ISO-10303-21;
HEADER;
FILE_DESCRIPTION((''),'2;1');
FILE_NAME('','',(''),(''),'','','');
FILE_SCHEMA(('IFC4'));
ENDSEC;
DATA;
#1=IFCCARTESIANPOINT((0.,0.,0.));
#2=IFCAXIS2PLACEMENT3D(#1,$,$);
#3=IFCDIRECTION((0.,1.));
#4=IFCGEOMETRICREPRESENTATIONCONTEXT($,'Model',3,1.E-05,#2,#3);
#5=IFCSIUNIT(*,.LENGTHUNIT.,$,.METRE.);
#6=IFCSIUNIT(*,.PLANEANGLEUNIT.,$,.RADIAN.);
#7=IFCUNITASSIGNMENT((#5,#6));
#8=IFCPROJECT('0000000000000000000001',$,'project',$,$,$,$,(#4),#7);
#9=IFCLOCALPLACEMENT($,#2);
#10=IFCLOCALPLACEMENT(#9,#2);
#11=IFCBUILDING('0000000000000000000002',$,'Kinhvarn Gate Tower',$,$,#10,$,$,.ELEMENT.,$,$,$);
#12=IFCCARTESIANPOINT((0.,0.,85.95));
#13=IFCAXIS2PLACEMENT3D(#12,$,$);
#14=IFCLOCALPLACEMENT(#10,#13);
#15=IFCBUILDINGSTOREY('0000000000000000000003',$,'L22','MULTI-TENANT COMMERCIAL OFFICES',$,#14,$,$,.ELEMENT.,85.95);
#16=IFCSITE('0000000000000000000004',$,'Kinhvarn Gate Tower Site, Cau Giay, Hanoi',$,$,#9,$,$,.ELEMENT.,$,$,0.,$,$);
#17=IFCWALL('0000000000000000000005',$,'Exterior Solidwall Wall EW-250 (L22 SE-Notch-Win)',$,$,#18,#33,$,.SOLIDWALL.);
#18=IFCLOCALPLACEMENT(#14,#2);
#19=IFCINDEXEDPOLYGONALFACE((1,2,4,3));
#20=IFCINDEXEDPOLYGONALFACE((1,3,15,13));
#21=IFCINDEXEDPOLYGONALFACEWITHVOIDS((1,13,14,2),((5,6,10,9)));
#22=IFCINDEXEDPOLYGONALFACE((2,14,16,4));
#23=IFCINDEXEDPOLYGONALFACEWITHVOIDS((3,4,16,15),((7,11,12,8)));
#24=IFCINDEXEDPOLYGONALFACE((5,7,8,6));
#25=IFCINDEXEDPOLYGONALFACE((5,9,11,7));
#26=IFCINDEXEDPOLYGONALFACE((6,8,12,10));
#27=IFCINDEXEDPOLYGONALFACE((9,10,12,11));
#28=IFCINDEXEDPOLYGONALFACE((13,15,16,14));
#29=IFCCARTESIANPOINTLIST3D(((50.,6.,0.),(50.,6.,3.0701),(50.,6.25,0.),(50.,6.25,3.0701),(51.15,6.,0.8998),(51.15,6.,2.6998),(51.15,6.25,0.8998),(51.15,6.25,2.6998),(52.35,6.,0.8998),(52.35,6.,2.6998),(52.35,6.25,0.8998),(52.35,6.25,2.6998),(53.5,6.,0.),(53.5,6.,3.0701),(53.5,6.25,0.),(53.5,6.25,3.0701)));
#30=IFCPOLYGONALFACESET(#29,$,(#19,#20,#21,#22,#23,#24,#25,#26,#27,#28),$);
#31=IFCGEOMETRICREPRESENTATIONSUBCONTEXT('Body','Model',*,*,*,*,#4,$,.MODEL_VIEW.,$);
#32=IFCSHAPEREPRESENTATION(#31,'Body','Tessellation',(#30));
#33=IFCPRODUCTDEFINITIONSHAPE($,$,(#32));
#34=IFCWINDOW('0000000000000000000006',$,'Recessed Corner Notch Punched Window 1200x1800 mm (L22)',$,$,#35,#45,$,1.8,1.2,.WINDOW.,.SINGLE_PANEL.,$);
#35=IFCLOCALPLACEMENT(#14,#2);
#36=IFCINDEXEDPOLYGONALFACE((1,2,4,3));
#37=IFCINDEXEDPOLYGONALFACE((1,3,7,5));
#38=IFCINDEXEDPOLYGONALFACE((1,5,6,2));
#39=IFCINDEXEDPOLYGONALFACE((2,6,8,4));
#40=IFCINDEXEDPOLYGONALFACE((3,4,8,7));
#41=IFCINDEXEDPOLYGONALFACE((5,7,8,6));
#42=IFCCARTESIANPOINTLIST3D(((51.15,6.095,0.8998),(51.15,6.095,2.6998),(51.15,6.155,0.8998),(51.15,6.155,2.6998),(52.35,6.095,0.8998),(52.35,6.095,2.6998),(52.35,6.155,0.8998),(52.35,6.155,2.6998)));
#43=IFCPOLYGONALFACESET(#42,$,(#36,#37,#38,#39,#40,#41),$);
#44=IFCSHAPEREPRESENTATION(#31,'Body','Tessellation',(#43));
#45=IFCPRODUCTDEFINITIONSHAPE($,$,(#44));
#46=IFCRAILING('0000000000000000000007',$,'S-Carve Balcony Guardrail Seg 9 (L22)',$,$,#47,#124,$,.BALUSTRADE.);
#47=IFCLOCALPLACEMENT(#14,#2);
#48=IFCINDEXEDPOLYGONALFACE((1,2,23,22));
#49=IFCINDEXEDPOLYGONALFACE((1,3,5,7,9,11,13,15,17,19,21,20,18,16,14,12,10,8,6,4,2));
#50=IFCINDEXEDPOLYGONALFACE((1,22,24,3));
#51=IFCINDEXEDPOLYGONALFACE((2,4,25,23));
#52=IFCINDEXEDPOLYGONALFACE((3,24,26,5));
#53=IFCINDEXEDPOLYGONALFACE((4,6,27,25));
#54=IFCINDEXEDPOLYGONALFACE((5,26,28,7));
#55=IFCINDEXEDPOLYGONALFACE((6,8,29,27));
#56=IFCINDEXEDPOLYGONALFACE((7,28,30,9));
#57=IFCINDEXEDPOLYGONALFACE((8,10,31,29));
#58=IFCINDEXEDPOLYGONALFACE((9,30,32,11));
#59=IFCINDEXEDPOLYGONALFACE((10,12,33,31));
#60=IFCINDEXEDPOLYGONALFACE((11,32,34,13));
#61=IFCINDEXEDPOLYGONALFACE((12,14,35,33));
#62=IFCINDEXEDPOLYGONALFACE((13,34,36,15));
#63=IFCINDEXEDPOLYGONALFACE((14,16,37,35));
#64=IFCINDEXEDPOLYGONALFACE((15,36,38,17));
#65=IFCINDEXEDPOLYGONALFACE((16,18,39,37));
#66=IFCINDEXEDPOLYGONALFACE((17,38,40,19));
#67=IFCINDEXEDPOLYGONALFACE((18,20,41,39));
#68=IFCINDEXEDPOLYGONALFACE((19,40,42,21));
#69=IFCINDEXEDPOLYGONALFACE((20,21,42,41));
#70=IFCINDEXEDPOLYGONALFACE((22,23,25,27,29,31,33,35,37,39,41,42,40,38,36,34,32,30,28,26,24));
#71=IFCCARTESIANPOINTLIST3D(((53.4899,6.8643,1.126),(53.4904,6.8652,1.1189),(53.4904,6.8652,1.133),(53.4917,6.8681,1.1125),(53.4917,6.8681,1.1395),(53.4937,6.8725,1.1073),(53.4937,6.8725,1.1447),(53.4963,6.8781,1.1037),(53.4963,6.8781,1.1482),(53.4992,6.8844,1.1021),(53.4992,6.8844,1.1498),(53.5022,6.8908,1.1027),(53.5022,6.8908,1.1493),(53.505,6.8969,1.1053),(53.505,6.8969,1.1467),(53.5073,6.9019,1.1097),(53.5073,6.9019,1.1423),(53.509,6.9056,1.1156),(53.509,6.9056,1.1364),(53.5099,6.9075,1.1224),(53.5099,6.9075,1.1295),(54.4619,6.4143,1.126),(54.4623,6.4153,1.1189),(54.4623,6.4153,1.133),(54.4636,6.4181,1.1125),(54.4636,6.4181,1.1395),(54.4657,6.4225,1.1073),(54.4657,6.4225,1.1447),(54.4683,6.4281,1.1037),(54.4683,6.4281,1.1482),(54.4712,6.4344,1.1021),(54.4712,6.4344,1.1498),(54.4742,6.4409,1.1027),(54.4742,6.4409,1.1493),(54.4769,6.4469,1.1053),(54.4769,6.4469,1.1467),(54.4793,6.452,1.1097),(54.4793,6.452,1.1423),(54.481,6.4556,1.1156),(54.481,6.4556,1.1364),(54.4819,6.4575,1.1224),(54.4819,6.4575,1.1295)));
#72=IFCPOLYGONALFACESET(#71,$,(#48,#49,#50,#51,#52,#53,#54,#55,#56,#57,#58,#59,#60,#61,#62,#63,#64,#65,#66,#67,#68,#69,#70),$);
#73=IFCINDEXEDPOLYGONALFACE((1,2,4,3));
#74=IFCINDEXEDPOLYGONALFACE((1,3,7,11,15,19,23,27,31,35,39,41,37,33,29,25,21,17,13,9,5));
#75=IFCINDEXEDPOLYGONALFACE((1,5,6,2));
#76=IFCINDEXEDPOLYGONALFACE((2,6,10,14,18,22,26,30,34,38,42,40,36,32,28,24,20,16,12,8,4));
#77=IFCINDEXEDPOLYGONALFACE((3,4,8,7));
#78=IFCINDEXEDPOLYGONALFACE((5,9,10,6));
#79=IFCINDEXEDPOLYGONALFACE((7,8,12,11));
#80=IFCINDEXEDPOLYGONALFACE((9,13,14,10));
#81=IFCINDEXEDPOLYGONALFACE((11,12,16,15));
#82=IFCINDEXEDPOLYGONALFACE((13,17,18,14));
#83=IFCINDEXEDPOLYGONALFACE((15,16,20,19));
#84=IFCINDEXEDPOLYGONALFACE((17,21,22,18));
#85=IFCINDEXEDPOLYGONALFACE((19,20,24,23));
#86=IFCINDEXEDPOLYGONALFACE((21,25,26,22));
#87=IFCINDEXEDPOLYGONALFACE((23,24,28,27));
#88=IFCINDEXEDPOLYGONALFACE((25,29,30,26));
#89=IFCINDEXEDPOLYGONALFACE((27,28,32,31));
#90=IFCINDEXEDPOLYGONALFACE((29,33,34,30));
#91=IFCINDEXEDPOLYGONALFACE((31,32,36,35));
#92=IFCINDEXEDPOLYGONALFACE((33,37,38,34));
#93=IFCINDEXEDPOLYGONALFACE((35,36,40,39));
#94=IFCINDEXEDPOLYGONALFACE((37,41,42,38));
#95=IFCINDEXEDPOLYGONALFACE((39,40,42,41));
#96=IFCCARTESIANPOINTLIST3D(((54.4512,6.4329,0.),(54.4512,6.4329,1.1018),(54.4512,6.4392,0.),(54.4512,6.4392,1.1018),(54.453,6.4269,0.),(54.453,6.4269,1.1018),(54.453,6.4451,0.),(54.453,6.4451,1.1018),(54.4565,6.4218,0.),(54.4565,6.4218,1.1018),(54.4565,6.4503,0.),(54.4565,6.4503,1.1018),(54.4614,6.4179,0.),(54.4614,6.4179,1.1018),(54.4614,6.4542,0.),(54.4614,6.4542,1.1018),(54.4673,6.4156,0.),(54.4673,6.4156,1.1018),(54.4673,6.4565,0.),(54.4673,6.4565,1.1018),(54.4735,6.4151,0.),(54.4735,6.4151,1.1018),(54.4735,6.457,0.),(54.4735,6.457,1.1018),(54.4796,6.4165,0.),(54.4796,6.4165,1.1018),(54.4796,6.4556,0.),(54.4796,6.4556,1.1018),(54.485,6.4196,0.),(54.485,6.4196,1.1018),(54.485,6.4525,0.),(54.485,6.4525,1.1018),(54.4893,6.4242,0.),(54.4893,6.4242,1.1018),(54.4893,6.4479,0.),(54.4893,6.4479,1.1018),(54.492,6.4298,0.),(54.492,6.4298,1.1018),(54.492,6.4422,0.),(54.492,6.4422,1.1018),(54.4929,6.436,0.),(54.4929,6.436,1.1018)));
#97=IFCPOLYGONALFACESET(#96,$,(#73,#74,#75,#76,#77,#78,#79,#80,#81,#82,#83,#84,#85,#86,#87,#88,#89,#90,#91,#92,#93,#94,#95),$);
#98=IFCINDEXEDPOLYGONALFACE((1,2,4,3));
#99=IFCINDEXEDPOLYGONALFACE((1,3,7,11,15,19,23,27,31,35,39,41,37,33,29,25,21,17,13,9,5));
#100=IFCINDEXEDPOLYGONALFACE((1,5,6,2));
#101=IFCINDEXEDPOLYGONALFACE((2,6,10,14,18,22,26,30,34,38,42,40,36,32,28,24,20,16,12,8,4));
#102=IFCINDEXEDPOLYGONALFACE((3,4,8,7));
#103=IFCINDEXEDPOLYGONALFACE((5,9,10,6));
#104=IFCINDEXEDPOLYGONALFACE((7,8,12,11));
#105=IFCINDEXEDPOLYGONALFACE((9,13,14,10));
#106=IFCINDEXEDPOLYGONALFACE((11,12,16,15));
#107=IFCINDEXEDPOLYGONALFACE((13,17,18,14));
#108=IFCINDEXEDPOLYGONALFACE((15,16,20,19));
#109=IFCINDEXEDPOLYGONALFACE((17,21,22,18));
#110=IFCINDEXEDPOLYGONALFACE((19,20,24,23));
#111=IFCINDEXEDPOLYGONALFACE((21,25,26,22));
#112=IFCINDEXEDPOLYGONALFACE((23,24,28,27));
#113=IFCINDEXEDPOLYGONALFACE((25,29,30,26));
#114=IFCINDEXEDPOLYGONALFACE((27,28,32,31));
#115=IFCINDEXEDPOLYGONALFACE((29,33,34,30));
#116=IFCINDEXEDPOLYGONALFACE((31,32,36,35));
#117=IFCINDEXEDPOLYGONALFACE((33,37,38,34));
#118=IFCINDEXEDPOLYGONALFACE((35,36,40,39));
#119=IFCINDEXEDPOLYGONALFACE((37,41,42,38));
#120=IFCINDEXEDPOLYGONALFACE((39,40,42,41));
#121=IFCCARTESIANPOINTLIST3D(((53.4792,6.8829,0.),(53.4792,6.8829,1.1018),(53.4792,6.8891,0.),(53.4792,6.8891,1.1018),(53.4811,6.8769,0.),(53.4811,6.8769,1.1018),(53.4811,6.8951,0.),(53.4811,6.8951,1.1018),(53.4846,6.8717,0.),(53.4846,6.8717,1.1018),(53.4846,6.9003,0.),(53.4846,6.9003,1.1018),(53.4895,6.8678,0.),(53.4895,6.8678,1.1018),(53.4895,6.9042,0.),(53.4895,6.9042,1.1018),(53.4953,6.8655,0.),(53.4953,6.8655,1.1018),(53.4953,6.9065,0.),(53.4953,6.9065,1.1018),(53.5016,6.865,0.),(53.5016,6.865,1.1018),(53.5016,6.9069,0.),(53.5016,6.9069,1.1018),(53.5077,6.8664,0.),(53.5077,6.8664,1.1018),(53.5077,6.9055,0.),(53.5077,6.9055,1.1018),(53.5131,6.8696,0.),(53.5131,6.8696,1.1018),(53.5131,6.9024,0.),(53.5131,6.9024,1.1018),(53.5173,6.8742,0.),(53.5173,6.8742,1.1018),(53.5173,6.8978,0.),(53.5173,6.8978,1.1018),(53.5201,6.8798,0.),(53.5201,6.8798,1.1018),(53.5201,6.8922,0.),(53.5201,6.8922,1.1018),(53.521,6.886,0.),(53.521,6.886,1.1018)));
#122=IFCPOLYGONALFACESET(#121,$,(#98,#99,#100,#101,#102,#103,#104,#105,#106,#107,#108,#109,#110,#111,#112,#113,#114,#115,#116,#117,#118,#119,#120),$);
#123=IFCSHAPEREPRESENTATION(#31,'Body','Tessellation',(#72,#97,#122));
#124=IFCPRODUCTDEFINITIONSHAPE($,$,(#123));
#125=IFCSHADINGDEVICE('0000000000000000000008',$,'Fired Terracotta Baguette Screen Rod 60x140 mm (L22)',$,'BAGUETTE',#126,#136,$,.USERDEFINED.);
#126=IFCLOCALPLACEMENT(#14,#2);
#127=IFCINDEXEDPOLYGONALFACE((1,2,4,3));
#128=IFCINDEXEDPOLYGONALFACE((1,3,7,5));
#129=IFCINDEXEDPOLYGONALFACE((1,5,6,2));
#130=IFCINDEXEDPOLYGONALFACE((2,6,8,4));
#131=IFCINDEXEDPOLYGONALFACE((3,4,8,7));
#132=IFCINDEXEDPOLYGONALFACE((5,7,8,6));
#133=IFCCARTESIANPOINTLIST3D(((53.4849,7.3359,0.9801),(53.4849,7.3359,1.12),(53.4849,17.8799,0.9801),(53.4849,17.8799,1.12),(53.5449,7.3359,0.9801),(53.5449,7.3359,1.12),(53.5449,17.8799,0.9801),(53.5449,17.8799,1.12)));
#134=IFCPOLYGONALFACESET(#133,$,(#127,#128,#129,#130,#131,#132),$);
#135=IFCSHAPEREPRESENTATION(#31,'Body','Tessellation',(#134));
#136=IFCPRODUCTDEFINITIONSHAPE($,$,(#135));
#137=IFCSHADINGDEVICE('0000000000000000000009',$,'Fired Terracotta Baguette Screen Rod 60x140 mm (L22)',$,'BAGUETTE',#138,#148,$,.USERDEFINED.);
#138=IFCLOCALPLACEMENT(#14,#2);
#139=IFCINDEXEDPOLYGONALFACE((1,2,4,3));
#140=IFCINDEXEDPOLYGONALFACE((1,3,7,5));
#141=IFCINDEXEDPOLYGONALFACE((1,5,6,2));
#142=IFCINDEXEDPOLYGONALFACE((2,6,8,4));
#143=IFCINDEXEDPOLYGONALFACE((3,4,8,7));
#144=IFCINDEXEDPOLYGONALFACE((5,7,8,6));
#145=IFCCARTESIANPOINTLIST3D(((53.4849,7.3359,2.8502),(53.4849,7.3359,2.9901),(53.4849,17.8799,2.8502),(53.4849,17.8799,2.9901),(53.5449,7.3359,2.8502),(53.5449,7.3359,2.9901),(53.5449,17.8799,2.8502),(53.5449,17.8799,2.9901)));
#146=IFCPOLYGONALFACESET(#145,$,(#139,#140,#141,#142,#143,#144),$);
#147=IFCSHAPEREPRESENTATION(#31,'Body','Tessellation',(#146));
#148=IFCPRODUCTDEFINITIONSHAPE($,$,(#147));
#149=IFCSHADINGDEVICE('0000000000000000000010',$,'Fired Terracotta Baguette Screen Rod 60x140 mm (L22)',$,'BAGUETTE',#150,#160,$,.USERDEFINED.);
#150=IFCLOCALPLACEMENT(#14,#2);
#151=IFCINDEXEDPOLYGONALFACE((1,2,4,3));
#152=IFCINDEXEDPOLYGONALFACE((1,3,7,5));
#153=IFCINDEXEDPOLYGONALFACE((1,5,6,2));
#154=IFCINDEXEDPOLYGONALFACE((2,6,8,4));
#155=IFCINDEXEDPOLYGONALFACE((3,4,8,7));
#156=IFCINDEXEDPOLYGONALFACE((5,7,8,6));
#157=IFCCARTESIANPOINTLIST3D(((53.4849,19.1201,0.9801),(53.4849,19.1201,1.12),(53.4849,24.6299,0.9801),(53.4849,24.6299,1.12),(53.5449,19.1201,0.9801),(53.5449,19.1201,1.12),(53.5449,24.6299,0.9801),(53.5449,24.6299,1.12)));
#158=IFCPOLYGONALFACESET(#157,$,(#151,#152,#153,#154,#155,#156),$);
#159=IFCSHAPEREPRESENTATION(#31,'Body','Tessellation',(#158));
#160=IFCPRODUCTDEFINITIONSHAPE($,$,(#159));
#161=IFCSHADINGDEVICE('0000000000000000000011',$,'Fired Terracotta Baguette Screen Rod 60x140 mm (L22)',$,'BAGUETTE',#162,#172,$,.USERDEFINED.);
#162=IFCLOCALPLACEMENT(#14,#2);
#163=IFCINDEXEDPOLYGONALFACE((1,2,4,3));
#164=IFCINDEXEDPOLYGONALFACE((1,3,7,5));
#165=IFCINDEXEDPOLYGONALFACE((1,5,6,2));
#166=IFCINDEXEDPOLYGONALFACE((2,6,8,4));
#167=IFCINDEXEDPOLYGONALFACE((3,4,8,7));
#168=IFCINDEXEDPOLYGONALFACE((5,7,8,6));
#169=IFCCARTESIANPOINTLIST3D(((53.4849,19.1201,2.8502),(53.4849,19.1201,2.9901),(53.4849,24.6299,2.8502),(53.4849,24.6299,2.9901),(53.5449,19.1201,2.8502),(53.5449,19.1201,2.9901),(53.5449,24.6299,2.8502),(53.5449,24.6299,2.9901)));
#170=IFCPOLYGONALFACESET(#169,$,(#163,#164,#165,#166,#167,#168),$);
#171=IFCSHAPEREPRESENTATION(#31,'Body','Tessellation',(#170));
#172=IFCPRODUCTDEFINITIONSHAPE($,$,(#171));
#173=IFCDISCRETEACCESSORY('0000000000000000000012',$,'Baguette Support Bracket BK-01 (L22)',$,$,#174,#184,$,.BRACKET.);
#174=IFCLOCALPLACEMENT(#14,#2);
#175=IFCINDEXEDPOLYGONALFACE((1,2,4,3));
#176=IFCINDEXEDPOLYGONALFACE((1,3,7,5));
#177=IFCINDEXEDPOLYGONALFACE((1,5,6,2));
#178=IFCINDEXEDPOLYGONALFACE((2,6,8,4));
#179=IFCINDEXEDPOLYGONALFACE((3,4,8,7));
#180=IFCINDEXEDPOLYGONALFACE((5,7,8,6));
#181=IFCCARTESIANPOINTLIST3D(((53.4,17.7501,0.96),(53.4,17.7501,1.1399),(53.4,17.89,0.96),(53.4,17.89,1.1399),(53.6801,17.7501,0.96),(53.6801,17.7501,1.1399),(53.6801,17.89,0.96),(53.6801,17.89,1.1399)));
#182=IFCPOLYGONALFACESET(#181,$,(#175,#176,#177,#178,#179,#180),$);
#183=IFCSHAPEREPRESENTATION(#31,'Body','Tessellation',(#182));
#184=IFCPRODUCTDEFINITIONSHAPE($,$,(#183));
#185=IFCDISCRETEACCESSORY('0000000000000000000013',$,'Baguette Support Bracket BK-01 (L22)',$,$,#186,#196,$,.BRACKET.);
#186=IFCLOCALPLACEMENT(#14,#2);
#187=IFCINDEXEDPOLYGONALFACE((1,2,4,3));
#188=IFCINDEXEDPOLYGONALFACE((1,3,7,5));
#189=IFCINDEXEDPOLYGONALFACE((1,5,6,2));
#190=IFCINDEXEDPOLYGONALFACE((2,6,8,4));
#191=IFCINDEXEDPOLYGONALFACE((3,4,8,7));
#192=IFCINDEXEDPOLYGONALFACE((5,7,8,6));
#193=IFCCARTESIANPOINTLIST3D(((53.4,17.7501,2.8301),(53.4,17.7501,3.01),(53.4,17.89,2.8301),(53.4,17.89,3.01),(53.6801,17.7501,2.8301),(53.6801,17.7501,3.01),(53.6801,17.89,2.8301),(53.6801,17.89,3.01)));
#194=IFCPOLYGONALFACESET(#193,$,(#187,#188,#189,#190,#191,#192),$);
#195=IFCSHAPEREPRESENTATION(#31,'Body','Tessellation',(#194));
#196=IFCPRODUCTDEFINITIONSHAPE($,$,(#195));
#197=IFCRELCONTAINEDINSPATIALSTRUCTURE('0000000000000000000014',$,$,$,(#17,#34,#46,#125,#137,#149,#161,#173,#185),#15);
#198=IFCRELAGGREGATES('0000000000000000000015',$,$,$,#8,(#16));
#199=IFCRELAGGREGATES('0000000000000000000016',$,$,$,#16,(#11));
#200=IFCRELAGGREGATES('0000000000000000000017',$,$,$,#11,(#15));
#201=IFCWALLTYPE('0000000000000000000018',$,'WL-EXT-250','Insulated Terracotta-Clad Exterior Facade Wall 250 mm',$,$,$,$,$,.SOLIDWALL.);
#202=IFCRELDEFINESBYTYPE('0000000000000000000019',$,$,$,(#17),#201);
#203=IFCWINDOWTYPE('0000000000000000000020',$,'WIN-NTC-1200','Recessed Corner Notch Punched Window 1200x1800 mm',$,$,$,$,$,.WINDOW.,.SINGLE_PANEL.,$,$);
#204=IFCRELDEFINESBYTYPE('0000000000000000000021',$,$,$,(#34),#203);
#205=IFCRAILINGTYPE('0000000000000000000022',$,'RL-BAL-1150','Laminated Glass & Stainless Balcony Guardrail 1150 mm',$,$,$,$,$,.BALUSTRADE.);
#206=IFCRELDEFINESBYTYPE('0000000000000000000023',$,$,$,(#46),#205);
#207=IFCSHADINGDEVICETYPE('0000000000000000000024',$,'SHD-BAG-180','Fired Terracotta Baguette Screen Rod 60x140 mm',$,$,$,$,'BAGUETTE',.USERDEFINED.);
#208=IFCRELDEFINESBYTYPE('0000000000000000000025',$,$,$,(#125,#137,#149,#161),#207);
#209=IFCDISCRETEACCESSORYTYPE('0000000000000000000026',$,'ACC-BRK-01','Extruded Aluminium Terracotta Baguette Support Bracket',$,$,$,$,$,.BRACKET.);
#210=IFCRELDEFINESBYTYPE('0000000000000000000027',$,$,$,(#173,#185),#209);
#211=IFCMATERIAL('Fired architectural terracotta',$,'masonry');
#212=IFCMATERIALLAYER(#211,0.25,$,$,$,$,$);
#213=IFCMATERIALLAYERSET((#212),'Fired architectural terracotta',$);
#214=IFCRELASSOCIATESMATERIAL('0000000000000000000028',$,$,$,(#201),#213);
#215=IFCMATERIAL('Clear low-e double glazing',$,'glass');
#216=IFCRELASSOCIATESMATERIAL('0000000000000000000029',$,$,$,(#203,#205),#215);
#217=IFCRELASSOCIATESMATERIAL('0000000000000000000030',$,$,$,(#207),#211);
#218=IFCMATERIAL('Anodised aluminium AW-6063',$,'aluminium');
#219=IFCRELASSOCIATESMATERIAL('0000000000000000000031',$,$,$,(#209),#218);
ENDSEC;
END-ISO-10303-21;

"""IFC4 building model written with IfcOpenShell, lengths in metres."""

from ifc_helpers import new_model, si_unit, direction, frame, frame_2d, origin, origin_2d, place, context, subcontext, project, spatial, rectangle, circle, extrude, material, layer, layer_set, material_profile, profile_set, type_object, element, fill, save


model = new_model("IFC4")

# Units and contexts
model_context = context("Model", 3, precision=1e-05, world=origin(), true_north=direction((0.0, 1.0)))
body_context = subcontext(model_context, "Body", "Model", "MODEL_VIEW")
ifc_project = project(units=[si_unit("LENGTHUNIT", "METRE"), si_unit("PLANEANGLEUNIT", "RADIAN")], contexts=[model_context])

# Site, building, storey
site_placement = place(None, origin())
site = spatial("IfcSite", under=ifc_project, at=site_placement, Name="Kinhvarn Gate Tower Site, Cau Giay, Hanoi", CompositionType="ELEMENT", RefElevation=0.0)
building_placement = place(site_placement, origin())
building = spatial("IfcBuilding", under=site, at=building_placement, Name="Kinhvarn Gate Tower", CompositionType="ELEMENT")
storey_placement = place(building_placement, frame((0.0, 0.0, 85.95)))
storey = spatial("IfcBuildingStorey", under=building, at=storey_placement, Name="L22", Description="MULTI-TENANT COMMERCIAL OFFICES", CompositionType="ELEMENT", Elevation=85.95)

# Shared definitions
ifc_material_1 = material(Name="Anodised aluminium AW-6063", Category="aluminium")

# Shared definitions
ifc_material_2 = material(Name="Clear low-e double glazing", Category="glass")

# Wall, opening, window
ifc_material_3 = material(Name="Fired architectural terracotta", Category="masonry")
ifc_layer_1 = layer(ifc_material_3, 0.25)
ifc_layer_set_1 = layer_set([ifc_layer_1], Name="Fired architectural terracotta")
wall_type = type_object("IfcWallType", Name="WL-EXT-250", Description="Insulated Terracotta-Clad Exterior Facade Wall 250 mm", PredefinedType="SOLIDWALL", material=ifc_layer_set_1)
wall_placement = place(storey_placement, frame((50.0, 6.125, 0.0), z_axis=(0.0, 0.0, 1.0), x_axis=(1.0, 0.0, 0.0)))
wall = element("IfcWall", 1, at=wall_placement, inside=storey, type_object=wall_type, Name="Exterior Solidwall Wall EW-250 (L22 SE-Notch-Win)", PredefinedType="SOLIDWALL", context=body_context, shape_type="SweptSolid", body=[
    extrude(rectangle(XDim=3.5, YDim=0.25, at=frame_2d((1.75, 0.0))), origin(), (0.0, 0.0, 1.0), 3.0701),
])
opening_placement = place(wall_placement, frame((1.1499, 0.0, 0.8999)))
opening = element("IfcOpeningElement", 2, at=opening_placement, cuts=wall, PredefinedType="OPENING", context=body_context, shape_type="SweptSolid", body=[
    extrude(rectangle(XDim=1.2, YDim=1.8, at=frame_2d((0.6001, 0.8999))), frame((0.0, 0.135, 0.0), z_axis=(0.0, -1.0, 0.0), x_axis=(1.0, 0.0, 0.0)), (0.0, 0.0, 1.0), 0.27),
])
window_type = type_object("IfcWindowType", Name="WIN-NTC-1200", Description="Recessed Corner Notch Punched Window 1200x1800 mm", PartitioningType="SINGLE_PANEL", PredefinedType="WINDOW", material=ifc_material_2)
window_placement = place(opening_placement, origin())
window = element("IfcWindow", 3, at=window_placement, inside=storey, type_object=window_type, Name="Recessed Corner Notch Punched Window 1200x1800 mm (L22)", OverallHeight=1.8, OverallWidth=1.2, PartitioningType="SINGLE_PANEL", PredefinedType="WINDOW", context=body_context, shape_type="SweptSolid", body=[
    extrude(rectangle(XDim=1.2, YDim=1.8, at=frame_2d((0.6001, 0.8999))), frame((0.0, 0.03, 0.0), z_axis=(0.0, -1.0, 0.0), x_axis=(1.0, 0.0, 0.0)), (0.0, 0.0, 1.0), 0.0601),
])
fill(opening, window)

# Railing
railing_type = type_object("IfcRailingType", Name="RL-BAL-1150", Description="Laminated Glass & Stainless Balcony Guardrail 1150 mm", PredefinedType="BALUSTRADE", material=ifc_material_2)
railing_placement = place(storey_placement, frame((54.4719, 6.436, 0.0)))
element("IfcRailing", 4, at=railing_placement, inside=storey, type_object=railing_type, Name="S-Carve Balcony Guardrail Seg 9 (L22)", PredefinedType="BALUSTRADE", context=body_context, shape_type="SweptSolid", body=[
    extrude(circle(Radius=0.0239, at=origin_2d()), frame((0.0, 0.0, 1.126), z_axis=(-0.907472, 0.420113, 0.0), x_axis=(-0.420113, -0.907472, 0.0)), (0.0, 0.0, 1.0), 1.071),
    extrude(circle(Radius=0.021, at=origin_2d()), origin(), (0.0, 0.0, 1.0), 1.1018),
    extrude(circle(Radius=0.021, at=origin_2d()), frame((-0.9719, 0.45, 0.0)), (0.0, 0.0, 1.0), 1.1018),
])

# Shading devices
ifc_material_profile_1 = material_profile(ifc_material_3, rectangle(XDim=0.0601, YDim=0.1399, at=origin_2d()), Name="TC 60x140")
ifc_profile_set_1 = profile_set([ifc_material_profile_1], Name="Fired architectural terracotta")
shading_device_type = type_object("IfcShadingDeviceType", Name="SHD-BAG-180", Description="Fired Terracotta Baguette Screen Rod 60x140 mm", ElementType="BAGUETTE", PredefinedType="USERDEFINED", material=ifc_profile_set_1)
for number, where, z_axis, x_axis, name in (
    (5, (53.5149, 7.3359, 1.05), (0.0, 1.0, 0.0), (-1.0, 0.0, 0.0), "Fired Terracotta Baguette Screen Rod 60x140 mm (L22)"),
    (6, (53.5149, 7.3359, 2.9202), (0.0, 1.0, 0.0), (-1.0, 0.0, 0.0), "Fired Terracotta Baguette Screen Rod 60x140 mm (L22)"),
):
    element("IfcShadingDevice", number, at=place(storey_placement, frame(where, z_axis=z_axis, x_axis=x_axis)), inside=storey, type_object=shading_device_type, Name=name, ObjectType="BAGUETTE", PredefinedType="USERDEFINED", context=body_context, shape_type="SweptSolid", body=[
        extrude(rectangle(XDim=0.0601, YDim=0.1399, at=origin_2d()), origin(), (0.0, 0.0, 1.0), 10.5439),
    ])
for number, where, z_axis, x_axis, name in (
    (7, (53.5149, 19.1201, 1.05), (0.0, 1.0, 0.0), (-1.0, 0.0, 0.0), "Fired Terracotta Baguette Screen Rod 60x140 mm (L22)"),
    (8, (53.5149, 19.1201, 2.9202), (0.0, 1.0, 0.0), (-1.0, 0.0, 0.0), "Fired Terracotta Baguette Screen Rod 60x140 mm (L22)"),
):
    element("IfcShadingDevice", number, at=place(storey_placement, frame(where, z_axis=z_axis, x_axis=x_axis)), inside=storey, type_object=shading_device_type, Name=name, ObjectType="BAGUETTE", PredefinedType="USERDEFINED", context=body_context, shape_type="SweptSolid", body=[
        extrude(rectangle(XDim=0.0601, YDim=0.1399, at=origin_2d()), origin(), (0.0, 0.0, 1.0), 5.5098),
    ])

# Discrete accessories
discrete_accessory_type = type_object("IfcDiscreteAccessoryType", Name="ACC-BRK-01", Description="Extruded Aluminium Terracotta Baguette Support Bracket", PredefinedType="BRACKET", material=ifc_material_1)
for number, where, z_axis, x_axis, name in (
    (9, (53.54, 17.8201, 0.96), (0.0, 0.0, 1.0), (0.0, 1.0, 0.0), "Baguette Support Bracket BK-01 (L22)"),
    (10, (53.54, 17.8201, 2.8301), (0.0, 0.0, 1.0), (0.0, 1.0, 0.0), "Baguette Support Bracket BK-01 (L22)"),
):
    element("IfcDiscreteAccessory", number, at=place(storey_placement, frame(where, z_axis=z_axis, x_axis=x_axis)), inside=storey, type_object=discrete_accessory_type, Name=name, PredefinedType="BRACKET", context=body_context, shape_type="SweptSolid", body=[
        extrude(rectangle(XDim=0.1399, YDim=0.28, at=origin_2d()), origin(), (0.0, 0.0, 1.0), 0.1799),
    ])

save(model, "model.ifc")
